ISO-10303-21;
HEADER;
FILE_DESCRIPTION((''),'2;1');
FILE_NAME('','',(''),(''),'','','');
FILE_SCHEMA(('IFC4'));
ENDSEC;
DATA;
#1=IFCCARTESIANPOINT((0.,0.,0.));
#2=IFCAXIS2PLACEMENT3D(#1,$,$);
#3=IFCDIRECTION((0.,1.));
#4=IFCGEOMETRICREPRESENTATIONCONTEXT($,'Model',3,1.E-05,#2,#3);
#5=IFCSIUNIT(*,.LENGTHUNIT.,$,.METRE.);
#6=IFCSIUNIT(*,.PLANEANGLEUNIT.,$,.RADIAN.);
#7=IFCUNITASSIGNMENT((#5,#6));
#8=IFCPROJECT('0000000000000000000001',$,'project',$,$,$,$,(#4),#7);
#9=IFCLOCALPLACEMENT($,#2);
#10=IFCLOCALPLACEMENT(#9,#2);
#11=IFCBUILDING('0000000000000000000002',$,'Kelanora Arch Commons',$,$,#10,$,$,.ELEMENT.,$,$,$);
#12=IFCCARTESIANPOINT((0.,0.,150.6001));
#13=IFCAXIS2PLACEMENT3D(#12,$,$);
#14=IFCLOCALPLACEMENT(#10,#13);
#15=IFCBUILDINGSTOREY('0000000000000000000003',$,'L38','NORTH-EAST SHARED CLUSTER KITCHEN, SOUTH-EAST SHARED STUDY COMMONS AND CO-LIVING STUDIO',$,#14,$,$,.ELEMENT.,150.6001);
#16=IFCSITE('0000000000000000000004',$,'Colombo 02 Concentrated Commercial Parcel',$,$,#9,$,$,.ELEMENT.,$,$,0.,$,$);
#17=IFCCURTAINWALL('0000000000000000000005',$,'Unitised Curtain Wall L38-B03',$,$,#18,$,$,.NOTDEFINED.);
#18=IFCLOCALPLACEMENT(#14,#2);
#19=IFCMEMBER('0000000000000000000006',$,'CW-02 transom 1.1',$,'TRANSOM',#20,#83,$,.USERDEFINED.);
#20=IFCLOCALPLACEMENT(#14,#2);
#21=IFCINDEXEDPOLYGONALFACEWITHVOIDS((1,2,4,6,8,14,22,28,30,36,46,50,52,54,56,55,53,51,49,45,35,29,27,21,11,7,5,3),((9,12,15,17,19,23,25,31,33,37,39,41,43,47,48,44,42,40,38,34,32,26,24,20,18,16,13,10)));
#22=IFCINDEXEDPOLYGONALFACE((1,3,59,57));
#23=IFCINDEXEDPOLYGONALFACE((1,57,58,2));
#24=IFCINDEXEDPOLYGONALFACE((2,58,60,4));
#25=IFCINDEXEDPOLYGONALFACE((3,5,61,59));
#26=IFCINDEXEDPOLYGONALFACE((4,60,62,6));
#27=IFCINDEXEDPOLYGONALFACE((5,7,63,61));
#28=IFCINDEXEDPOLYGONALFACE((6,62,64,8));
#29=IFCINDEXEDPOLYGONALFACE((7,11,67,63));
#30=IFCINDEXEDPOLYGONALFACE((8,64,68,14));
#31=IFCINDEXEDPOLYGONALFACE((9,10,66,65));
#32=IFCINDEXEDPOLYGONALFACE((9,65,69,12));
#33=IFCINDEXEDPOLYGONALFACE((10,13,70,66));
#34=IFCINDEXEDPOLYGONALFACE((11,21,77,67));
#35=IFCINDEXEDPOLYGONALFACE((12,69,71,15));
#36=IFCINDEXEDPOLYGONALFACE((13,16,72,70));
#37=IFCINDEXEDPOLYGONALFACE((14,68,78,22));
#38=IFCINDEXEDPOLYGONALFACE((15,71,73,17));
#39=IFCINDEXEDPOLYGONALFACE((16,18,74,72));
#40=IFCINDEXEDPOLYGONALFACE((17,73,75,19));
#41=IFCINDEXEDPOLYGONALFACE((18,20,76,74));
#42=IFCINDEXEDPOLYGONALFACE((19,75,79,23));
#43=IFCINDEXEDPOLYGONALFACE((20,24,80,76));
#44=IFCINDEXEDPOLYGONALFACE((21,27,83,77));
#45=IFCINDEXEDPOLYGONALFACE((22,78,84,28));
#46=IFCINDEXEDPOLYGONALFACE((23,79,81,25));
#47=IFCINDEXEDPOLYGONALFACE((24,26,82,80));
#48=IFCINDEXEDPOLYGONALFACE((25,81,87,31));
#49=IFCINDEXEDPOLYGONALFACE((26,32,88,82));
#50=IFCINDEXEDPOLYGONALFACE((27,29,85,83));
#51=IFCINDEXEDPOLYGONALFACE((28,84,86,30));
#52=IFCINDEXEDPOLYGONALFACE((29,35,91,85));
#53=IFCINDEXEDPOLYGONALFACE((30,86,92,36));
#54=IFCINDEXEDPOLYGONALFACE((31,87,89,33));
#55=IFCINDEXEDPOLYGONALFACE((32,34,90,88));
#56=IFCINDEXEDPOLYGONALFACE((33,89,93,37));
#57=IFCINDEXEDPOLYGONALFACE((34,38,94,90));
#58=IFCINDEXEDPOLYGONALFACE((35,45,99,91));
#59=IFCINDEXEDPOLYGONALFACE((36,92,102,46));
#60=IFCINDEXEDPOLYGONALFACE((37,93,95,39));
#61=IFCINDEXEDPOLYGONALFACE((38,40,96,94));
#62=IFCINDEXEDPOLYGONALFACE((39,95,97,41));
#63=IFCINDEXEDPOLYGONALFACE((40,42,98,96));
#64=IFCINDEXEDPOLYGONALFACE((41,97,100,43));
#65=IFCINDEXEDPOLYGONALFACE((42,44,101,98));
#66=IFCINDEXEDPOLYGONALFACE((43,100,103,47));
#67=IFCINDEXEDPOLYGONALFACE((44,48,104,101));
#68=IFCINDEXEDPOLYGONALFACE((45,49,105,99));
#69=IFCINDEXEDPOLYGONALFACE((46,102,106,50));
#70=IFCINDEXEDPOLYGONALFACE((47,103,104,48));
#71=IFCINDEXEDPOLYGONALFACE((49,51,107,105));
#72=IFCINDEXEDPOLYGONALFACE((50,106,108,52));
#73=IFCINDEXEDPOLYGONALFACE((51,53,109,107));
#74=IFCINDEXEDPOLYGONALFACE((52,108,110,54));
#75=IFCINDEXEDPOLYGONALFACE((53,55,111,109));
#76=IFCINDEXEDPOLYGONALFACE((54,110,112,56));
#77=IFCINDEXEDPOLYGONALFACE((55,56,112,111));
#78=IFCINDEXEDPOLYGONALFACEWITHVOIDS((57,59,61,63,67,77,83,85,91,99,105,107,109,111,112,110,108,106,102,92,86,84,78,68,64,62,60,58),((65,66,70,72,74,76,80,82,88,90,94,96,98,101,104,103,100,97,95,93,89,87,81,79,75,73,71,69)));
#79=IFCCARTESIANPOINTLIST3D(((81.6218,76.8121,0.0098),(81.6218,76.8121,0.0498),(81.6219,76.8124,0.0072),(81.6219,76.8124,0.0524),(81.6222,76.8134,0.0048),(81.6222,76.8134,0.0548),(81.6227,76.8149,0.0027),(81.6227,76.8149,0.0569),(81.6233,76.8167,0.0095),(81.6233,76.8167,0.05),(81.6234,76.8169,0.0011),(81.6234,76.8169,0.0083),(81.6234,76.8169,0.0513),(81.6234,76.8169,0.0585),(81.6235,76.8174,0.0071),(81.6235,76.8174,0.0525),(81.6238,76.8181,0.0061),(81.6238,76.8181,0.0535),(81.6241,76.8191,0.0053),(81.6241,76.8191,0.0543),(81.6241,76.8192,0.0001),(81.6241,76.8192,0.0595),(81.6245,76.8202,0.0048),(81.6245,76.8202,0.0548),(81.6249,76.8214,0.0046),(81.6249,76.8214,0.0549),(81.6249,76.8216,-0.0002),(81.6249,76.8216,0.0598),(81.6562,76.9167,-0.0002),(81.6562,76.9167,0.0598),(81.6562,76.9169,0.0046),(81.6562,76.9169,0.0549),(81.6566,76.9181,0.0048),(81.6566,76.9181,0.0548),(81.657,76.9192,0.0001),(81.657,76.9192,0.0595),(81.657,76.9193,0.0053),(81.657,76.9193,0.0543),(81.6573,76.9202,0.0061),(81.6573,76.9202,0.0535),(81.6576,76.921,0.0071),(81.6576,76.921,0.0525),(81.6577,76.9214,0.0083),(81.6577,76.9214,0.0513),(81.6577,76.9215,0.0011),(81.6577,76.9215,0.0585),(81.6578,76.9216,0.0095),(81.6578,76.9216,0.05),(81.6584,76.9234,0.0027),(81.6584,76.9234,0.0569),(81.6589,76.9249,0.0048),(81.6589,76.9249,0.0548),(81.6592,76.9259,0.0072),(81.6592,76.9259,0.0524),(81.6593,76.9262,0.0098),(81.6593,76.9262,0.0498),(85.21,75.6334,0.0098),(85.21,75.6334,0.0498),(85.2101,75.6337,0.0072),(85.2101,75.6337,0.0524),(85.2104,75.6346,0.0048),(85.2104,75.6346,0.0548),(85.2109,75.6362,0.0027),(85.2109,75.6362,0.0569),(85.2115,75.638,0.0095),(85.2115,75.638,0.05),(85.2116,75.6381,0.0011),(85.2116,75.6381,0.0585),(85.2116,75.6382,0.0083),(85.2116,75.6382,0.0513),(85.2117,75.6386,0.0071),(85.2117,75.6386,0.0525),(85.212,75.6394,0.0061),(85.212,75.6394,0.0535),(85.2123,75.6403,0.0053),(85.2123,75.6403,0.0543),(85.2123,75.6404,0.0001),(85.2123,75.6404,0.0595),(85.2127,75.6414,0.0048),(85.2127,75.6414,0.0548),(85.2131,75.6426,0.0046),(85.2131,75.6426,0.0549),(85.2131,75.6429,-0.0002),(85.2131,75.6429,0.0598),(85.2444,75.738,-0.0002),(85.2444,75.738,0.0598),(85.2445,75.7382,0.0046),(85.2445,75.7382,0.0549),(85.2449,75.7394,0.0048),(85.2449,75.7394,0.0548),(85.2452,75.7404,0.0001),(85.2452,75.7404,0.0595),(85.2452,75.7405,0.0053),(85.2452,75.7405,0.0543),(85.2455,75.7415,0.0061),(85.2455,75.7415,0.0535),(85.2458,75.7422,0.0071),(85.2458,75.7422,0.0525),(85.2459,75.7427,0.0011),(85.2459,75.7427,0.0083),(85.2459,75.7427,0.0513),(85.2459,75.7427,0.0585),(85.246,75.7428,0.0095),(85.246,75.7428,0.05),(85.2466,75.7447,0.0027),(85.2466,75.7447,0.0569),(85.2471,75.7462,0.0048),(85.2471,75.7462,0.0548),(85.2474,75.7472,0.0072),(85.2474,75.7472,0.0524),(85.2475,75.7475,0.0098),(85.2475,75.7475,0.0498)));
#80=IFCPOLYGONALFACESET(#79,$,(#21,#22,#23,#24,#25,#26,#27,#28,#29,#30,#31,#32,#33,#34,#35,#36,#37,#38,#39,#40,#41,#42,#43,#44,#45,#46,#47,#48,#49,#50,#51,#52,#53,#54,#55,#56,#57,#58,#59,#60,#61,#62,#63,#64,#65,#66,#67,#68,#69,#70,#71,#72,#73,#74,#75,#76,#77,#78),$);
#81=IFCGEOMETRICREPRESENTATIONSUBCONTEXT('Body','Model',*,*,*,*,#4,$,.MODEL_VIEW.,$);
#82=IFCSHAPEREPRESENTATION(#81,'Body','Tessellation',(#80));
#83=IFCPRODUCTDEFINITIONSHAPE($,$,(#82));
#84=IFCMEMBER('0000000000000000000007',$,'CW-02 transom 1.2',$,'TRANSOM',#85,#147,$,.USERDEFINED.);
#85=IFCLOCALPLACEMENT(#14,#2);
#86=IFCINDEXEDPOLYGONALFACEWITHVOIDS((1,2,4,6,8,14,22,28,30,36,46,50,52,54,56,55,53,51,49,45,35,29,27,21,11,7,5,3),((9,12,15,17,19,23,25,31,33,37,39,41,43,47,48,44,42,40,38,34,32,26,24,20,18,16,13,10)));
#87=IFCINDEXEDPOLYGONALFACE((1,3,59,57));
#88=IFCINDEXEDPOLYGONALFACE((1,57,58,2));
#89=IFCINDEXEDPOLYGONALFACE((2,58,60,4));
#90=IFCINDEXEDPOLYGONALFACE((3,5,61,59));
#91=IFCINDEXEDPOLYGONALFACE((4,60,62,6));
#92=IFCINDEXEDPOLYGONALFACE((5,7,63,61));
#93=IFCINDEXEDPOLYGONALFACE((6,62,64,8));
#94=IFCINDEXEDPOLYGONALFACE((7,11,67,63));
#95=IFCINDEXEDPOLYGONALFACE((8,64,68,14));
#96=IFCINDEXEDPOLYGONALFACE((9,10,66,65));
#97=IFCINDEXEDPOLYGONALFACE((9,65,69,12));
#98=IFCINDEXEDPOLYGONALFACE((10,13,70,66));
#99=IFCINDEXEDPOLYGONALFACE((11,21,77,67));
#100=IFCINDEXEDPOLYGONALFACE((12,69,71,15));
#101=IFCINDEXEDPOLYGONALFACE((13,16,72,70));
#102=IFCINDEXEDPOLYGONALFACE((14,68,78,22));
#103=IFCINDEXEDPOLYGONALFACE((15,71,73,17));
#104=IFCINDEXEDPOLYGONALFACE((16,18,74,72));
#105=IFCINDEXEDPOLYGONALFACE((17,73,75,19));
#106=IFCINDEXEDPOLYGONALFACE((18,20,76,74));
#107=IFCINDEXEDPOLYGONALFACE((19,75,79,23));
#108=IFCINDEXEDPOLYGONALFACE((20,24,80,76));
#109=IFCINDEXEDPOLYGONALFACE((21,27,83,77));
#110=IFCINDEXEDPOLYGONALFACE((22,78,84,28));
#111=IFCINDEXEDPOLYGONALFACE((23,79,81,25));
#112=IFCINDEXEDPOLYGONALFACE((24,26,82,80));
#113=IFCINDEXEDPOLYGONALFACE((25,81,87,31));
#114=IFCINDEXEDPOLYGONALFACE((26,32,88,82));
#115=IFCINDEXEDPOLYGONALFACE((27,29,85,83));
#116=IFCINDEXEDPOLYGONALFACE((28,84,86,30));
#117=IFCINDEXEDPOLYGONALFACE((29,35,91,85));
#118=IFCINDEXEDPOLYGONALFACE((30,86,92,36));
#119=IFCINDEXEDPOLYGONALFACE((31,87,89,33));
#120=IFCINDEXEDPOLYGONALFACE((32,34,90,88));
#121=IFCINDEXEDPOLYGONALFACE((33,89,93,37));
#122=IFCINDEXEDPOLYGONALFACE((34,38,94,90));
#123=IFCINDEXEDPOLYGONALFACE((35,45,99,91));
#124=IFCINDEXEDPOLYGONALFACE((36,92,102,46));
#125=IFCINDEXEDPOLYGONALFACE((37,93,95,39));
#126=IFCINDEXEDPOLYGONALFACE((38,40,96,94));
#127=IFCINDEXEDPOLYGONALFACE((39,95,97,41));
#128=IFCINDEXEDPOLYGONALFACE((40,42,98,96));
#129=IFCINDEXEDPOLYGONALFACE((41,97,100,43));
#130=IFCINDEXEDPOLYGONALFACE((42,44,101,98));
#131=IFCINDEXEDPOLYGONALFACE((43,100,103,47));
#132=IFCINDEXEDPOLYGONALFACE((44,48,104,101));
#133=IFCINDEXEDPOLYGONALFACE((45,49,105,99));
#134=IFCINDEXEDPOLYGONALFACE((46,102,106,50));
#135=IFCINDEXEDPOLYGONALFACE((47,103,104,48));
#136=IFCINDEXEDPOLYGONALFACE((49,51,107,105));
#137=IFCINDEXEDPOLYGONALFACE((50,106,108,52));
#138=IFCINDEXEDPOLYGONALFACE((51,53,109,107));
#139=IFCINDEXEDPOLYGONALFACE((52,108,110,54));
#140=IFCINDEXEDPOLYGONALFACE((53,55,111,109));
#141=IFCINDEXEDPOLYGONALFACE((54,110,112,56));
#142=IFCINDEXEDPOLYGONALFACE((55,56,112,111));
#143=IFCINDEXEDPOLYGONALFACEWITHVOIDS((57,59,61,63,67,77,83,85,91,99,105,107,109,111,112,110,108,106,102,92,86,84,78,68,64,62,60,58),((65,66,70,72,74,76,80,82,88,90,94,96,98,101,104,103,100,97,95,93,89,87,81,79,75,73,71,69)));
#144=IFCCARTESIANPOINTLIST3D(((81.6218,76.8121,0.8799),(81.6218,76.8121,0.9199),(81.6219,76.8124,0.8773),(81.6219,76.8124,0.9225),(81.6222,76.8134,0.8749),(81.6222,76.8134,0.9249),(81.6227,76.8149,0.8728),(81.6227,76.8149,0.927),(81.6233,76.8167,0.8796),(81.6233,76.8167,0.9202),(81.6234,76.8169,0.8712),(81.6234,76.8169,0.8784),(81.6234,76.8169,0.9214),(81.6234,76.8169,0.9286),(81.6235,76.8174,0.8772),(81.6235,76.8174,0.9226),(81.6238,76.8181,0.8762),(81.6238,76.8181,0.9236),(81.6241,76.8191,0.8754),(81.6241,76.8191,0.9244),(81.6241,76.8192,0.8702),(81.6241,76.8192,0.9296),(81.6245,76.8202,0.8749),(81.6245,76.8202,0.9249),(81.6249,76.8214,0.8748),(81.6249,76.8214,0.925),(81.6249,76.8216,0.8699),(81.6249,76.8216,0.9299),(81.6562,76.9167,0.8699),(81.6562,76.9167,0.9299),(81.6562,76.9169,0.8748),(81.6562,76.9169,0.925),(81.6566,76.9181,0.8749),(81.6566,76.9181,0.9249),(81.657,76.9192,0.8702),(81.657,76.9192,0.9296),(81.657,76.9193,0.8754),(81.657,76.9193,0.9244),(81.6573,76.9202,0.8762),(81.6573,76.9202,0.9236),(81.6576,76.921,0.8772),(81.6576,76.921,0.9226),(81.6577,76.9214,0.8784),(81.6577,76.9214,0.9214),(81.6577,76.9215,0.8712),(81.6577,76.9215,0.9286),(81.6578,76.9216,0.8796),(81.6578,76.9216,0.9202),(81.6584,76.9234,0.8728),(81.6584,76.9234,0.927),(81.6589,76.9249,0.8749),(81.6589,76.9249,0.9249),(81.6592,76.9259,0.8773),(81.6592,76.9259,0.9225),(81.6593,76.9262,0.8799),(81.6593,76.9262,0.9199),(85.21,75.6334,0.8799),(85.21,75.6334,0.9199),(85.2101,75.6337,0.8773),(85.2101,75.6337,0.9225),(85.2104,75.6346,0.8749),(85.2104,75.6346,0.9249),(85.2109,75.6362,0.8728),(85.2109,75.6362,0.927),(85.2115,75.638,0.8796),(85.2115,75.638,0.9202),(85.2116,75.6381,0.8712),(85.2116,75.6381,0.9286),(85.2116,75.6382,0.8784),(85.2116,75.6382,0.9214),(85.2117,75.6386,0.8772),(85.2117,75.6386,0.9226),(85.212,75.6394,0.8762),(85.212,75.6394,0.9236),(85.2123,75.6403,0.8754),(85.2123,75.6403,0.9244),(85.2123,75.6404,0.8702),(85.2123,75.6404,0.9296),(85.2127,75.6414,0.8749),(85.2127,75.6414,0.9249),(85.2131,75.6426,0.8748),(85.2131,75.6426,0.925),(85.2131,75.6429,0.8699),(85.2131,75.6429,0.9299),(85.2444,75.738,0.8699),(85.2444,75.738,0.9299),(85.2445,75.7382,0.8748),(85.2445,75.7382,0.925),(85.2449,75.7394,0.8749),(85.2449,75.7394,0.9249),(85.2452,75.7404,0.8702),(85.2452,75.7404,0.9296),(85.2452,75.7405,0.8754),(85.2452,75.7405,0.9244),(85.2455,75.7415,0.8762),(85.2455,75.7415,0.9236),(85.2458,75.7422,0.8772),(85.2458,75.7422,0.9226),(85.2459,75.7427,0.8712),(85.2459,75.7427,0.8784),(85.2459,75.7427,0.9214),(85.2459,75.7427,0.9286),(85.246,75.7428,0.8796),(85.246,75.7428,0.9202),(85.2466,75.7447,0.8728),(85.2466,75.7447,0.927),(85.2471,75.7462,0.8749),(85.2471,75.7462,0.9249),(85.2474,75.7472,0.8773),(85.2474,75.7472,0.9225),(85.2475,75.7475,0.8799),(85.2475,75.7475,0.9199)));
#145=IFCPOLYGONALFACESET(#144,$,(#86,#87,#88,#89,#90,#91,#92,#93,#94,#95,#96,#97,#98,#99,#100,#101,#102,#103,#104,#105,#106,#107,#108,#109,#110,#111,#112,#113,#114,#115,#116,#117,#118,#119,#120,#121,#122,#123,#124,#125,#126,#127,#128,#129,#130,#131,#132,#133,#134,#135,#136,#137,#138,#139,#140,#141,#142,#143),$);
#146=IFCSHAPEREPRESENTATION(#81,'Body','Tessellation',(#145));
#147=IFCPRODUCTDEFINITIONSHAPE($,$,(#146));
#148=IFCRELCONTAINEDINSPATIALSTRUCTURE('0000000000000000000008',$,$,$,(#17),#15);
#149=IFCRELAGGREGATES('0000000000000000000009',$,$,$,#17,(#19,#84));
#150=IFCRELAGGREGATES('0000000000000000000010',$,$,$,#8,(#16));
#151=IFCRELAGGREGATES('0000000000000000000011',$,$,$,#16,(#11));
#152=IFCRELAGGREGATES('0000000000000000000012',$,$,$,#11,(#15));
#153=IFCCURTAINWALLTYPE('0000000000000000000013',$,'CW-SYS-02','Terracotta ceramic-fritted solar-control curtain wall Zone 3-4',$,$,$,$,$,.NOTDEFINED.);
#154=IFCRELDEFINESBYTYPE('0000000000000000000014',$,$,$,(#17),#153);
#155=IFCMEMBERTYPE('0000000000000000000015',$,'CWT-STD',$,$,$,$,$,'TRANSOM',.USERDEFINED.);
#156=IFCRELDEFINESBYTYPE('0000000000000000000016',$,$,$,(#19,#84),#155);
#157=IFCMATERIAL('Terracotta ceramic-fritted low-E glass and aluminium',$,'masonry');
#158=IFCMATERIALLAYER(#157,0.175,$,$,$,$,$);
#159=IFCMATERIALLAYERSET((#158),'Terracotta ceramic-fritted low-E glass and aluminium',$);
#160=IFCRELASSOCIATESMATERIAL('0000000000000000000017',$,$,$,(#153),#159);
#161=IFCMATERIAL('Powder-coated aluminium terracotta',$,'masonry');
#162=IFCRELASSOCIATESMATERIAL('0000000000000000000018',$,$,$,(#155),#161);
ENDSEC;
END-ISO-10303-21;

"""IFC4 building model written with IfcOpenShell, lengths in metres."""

from ifc_helpers import new_model, si_unit, direction, frame, origin, origin_2d, place, context, subcontext, project, spatial, hollow_rectangle, extrude, material, layer, layer_set, material_profile, profile_set, type_object, element, aggregate, save


model = new_model("IFC4")

# Units and contexts
model_context = context("Model", 3, precision=1e-05, world=origin(), true_north=direction((0.0, 1.0)))
body_context = subcontext(model_context, "Body", "Model", "MODEL_VIEW")
ifc_project = project(units=[si_unit("LENGTHUNIT", "METRE"), si_unit("PLANEANGLEUNIT", "RADIAN")], contexts=[model_context])

# Site, building, storey
site_placement = place(None, origin())
site = spatial("IfcSite", under=ifc_project, at=site_placement, Name="Colombo 02 Concentrated Commercial Parcel", CompositionType="ELEMENT", RefElevation=0.0)
building_placement = place(site_placement, origin())
building = spatial("IfcBuilding", under=site, at=building_placement, Name="Kelanora Arch Commons", CompositionType="ELEMENT")
storey_placement = place(building_placement, frame((0.0, 0.0, 150.6001)))
storey = spatial("IfcBuildingStorey", under=building, at=storey_placement, Name="L38", Description="NORTH-EAST SHARED CLUSTER KITCHEN, SOUTH-EAST SHARED STUDY COMMONS AND CO-LIVING STUDIO", CompositionType="ELEMENT", Elevation=150.6001)

# Shared definitions
ifc_material_1 = material(Name="Terracotta ceramic-fritted low-E glass and aluminium", Category="masonry")
ifc_layer_1 = layer(ifc_material_1, 0.175)
ifc_layer_set_1 = layer_set([ifc_layer_1], Name="Terracotta ceramic-fritted low-E glass and aluminium")
curtain_wall_type = type_object("IfcCurtainWallType", Name="CW-SYS-02", Description="Terracotta ceramic-fritted solar-control curtain wall Zone 3-4", PredefinedType="NOTDEFINED", material=ifc_layer_set_1)
ifc_material_2 = material(Name="Powder-coated aluminium terracotta", Category="masonry")

# Curtain wall, members
curtain_wall_1_placement = place(storey_placement, origin())
curtain_wall_1 = element("IfcCurtainWall", 1, at=curtain_wall_1_placement, inside=storey, type_object=curtain_wall_type, Name="Unitised Curtain Wall L38-B03", PredefinedType="NOTDEFINED")
ifc_material_profile_1 = material_profile(ifc_material_2, hollow_rectangle(XDim=0.1201, YDim=0.0601, WallThickness=0.0049, InnerFilletRadius=0.0049, OuterFilletRadius=0.01, at=origin_2d()), Name="CWT120x60")
ifc_profile_set_1 = profile_set([ifc_material_profile_1], Name="Powder-coated aluminium terracotta")
member_type_1 = type_object("IfcMemberType", Name="CWT-STD", ElementType="TRANSOM", PredefinedType="USERDEFINED", material=ifc_profile_set_1)
member_1_placement = place(storey_placement, frame((85.2288, 75.6904, 0.0298), z_axis=(-0.950051, 0.312094, 0.0), x_axis=(-0.312094, -0.950051, 0.0)))
member_1 = element("IfcMember", 2, at=member_1_placement, type_object=member_type_1, Name="CW-02 transom 1.1", ObjectType="TRANSOM", PredefinedType="USERDEFINED", context=body_context, shape_type="SweptSolid", body=[
    extrude(hollow_rectangle(XDim=0.1201, YDim=0.0601, WallThickness=0.0049, InnerFilletRadius=0.0049, OuterFilletRadius=0.01, at=origin_2d()), origin(), (0.0, 0.0, 1.0), 3.7769),
])
member_2_placement = place(storey_placement, frame((85.2288, 75.6904, 0.8999), z_axis=(-0.950051, 0.312094, 0.0), x_axis=(-0.312094, -0.950051, 0.0)))
member_2 = element("IfcMember", 3, at=member_2_placement, type_object=member_type_1, Name="CW-02 transom 1.2", ObjectType="TRANSOM", PredefinedType="USERDEFINED", context=body_context, shape_type="SweptSolid", body=[
    extrude(hollow_rectangle(XDim=0.1201, YDim=0.0601, WallThickness=0.0049, InnerFilletRadius=0.0049, OuterFilletRadius=0.01, at=origin_2d()), origin(), (0.0, 0.0, 1.0), 3.7769),
])
aggregate(curtain_wall_1, [member_1, member_2])

save(model, "model.ifc")
